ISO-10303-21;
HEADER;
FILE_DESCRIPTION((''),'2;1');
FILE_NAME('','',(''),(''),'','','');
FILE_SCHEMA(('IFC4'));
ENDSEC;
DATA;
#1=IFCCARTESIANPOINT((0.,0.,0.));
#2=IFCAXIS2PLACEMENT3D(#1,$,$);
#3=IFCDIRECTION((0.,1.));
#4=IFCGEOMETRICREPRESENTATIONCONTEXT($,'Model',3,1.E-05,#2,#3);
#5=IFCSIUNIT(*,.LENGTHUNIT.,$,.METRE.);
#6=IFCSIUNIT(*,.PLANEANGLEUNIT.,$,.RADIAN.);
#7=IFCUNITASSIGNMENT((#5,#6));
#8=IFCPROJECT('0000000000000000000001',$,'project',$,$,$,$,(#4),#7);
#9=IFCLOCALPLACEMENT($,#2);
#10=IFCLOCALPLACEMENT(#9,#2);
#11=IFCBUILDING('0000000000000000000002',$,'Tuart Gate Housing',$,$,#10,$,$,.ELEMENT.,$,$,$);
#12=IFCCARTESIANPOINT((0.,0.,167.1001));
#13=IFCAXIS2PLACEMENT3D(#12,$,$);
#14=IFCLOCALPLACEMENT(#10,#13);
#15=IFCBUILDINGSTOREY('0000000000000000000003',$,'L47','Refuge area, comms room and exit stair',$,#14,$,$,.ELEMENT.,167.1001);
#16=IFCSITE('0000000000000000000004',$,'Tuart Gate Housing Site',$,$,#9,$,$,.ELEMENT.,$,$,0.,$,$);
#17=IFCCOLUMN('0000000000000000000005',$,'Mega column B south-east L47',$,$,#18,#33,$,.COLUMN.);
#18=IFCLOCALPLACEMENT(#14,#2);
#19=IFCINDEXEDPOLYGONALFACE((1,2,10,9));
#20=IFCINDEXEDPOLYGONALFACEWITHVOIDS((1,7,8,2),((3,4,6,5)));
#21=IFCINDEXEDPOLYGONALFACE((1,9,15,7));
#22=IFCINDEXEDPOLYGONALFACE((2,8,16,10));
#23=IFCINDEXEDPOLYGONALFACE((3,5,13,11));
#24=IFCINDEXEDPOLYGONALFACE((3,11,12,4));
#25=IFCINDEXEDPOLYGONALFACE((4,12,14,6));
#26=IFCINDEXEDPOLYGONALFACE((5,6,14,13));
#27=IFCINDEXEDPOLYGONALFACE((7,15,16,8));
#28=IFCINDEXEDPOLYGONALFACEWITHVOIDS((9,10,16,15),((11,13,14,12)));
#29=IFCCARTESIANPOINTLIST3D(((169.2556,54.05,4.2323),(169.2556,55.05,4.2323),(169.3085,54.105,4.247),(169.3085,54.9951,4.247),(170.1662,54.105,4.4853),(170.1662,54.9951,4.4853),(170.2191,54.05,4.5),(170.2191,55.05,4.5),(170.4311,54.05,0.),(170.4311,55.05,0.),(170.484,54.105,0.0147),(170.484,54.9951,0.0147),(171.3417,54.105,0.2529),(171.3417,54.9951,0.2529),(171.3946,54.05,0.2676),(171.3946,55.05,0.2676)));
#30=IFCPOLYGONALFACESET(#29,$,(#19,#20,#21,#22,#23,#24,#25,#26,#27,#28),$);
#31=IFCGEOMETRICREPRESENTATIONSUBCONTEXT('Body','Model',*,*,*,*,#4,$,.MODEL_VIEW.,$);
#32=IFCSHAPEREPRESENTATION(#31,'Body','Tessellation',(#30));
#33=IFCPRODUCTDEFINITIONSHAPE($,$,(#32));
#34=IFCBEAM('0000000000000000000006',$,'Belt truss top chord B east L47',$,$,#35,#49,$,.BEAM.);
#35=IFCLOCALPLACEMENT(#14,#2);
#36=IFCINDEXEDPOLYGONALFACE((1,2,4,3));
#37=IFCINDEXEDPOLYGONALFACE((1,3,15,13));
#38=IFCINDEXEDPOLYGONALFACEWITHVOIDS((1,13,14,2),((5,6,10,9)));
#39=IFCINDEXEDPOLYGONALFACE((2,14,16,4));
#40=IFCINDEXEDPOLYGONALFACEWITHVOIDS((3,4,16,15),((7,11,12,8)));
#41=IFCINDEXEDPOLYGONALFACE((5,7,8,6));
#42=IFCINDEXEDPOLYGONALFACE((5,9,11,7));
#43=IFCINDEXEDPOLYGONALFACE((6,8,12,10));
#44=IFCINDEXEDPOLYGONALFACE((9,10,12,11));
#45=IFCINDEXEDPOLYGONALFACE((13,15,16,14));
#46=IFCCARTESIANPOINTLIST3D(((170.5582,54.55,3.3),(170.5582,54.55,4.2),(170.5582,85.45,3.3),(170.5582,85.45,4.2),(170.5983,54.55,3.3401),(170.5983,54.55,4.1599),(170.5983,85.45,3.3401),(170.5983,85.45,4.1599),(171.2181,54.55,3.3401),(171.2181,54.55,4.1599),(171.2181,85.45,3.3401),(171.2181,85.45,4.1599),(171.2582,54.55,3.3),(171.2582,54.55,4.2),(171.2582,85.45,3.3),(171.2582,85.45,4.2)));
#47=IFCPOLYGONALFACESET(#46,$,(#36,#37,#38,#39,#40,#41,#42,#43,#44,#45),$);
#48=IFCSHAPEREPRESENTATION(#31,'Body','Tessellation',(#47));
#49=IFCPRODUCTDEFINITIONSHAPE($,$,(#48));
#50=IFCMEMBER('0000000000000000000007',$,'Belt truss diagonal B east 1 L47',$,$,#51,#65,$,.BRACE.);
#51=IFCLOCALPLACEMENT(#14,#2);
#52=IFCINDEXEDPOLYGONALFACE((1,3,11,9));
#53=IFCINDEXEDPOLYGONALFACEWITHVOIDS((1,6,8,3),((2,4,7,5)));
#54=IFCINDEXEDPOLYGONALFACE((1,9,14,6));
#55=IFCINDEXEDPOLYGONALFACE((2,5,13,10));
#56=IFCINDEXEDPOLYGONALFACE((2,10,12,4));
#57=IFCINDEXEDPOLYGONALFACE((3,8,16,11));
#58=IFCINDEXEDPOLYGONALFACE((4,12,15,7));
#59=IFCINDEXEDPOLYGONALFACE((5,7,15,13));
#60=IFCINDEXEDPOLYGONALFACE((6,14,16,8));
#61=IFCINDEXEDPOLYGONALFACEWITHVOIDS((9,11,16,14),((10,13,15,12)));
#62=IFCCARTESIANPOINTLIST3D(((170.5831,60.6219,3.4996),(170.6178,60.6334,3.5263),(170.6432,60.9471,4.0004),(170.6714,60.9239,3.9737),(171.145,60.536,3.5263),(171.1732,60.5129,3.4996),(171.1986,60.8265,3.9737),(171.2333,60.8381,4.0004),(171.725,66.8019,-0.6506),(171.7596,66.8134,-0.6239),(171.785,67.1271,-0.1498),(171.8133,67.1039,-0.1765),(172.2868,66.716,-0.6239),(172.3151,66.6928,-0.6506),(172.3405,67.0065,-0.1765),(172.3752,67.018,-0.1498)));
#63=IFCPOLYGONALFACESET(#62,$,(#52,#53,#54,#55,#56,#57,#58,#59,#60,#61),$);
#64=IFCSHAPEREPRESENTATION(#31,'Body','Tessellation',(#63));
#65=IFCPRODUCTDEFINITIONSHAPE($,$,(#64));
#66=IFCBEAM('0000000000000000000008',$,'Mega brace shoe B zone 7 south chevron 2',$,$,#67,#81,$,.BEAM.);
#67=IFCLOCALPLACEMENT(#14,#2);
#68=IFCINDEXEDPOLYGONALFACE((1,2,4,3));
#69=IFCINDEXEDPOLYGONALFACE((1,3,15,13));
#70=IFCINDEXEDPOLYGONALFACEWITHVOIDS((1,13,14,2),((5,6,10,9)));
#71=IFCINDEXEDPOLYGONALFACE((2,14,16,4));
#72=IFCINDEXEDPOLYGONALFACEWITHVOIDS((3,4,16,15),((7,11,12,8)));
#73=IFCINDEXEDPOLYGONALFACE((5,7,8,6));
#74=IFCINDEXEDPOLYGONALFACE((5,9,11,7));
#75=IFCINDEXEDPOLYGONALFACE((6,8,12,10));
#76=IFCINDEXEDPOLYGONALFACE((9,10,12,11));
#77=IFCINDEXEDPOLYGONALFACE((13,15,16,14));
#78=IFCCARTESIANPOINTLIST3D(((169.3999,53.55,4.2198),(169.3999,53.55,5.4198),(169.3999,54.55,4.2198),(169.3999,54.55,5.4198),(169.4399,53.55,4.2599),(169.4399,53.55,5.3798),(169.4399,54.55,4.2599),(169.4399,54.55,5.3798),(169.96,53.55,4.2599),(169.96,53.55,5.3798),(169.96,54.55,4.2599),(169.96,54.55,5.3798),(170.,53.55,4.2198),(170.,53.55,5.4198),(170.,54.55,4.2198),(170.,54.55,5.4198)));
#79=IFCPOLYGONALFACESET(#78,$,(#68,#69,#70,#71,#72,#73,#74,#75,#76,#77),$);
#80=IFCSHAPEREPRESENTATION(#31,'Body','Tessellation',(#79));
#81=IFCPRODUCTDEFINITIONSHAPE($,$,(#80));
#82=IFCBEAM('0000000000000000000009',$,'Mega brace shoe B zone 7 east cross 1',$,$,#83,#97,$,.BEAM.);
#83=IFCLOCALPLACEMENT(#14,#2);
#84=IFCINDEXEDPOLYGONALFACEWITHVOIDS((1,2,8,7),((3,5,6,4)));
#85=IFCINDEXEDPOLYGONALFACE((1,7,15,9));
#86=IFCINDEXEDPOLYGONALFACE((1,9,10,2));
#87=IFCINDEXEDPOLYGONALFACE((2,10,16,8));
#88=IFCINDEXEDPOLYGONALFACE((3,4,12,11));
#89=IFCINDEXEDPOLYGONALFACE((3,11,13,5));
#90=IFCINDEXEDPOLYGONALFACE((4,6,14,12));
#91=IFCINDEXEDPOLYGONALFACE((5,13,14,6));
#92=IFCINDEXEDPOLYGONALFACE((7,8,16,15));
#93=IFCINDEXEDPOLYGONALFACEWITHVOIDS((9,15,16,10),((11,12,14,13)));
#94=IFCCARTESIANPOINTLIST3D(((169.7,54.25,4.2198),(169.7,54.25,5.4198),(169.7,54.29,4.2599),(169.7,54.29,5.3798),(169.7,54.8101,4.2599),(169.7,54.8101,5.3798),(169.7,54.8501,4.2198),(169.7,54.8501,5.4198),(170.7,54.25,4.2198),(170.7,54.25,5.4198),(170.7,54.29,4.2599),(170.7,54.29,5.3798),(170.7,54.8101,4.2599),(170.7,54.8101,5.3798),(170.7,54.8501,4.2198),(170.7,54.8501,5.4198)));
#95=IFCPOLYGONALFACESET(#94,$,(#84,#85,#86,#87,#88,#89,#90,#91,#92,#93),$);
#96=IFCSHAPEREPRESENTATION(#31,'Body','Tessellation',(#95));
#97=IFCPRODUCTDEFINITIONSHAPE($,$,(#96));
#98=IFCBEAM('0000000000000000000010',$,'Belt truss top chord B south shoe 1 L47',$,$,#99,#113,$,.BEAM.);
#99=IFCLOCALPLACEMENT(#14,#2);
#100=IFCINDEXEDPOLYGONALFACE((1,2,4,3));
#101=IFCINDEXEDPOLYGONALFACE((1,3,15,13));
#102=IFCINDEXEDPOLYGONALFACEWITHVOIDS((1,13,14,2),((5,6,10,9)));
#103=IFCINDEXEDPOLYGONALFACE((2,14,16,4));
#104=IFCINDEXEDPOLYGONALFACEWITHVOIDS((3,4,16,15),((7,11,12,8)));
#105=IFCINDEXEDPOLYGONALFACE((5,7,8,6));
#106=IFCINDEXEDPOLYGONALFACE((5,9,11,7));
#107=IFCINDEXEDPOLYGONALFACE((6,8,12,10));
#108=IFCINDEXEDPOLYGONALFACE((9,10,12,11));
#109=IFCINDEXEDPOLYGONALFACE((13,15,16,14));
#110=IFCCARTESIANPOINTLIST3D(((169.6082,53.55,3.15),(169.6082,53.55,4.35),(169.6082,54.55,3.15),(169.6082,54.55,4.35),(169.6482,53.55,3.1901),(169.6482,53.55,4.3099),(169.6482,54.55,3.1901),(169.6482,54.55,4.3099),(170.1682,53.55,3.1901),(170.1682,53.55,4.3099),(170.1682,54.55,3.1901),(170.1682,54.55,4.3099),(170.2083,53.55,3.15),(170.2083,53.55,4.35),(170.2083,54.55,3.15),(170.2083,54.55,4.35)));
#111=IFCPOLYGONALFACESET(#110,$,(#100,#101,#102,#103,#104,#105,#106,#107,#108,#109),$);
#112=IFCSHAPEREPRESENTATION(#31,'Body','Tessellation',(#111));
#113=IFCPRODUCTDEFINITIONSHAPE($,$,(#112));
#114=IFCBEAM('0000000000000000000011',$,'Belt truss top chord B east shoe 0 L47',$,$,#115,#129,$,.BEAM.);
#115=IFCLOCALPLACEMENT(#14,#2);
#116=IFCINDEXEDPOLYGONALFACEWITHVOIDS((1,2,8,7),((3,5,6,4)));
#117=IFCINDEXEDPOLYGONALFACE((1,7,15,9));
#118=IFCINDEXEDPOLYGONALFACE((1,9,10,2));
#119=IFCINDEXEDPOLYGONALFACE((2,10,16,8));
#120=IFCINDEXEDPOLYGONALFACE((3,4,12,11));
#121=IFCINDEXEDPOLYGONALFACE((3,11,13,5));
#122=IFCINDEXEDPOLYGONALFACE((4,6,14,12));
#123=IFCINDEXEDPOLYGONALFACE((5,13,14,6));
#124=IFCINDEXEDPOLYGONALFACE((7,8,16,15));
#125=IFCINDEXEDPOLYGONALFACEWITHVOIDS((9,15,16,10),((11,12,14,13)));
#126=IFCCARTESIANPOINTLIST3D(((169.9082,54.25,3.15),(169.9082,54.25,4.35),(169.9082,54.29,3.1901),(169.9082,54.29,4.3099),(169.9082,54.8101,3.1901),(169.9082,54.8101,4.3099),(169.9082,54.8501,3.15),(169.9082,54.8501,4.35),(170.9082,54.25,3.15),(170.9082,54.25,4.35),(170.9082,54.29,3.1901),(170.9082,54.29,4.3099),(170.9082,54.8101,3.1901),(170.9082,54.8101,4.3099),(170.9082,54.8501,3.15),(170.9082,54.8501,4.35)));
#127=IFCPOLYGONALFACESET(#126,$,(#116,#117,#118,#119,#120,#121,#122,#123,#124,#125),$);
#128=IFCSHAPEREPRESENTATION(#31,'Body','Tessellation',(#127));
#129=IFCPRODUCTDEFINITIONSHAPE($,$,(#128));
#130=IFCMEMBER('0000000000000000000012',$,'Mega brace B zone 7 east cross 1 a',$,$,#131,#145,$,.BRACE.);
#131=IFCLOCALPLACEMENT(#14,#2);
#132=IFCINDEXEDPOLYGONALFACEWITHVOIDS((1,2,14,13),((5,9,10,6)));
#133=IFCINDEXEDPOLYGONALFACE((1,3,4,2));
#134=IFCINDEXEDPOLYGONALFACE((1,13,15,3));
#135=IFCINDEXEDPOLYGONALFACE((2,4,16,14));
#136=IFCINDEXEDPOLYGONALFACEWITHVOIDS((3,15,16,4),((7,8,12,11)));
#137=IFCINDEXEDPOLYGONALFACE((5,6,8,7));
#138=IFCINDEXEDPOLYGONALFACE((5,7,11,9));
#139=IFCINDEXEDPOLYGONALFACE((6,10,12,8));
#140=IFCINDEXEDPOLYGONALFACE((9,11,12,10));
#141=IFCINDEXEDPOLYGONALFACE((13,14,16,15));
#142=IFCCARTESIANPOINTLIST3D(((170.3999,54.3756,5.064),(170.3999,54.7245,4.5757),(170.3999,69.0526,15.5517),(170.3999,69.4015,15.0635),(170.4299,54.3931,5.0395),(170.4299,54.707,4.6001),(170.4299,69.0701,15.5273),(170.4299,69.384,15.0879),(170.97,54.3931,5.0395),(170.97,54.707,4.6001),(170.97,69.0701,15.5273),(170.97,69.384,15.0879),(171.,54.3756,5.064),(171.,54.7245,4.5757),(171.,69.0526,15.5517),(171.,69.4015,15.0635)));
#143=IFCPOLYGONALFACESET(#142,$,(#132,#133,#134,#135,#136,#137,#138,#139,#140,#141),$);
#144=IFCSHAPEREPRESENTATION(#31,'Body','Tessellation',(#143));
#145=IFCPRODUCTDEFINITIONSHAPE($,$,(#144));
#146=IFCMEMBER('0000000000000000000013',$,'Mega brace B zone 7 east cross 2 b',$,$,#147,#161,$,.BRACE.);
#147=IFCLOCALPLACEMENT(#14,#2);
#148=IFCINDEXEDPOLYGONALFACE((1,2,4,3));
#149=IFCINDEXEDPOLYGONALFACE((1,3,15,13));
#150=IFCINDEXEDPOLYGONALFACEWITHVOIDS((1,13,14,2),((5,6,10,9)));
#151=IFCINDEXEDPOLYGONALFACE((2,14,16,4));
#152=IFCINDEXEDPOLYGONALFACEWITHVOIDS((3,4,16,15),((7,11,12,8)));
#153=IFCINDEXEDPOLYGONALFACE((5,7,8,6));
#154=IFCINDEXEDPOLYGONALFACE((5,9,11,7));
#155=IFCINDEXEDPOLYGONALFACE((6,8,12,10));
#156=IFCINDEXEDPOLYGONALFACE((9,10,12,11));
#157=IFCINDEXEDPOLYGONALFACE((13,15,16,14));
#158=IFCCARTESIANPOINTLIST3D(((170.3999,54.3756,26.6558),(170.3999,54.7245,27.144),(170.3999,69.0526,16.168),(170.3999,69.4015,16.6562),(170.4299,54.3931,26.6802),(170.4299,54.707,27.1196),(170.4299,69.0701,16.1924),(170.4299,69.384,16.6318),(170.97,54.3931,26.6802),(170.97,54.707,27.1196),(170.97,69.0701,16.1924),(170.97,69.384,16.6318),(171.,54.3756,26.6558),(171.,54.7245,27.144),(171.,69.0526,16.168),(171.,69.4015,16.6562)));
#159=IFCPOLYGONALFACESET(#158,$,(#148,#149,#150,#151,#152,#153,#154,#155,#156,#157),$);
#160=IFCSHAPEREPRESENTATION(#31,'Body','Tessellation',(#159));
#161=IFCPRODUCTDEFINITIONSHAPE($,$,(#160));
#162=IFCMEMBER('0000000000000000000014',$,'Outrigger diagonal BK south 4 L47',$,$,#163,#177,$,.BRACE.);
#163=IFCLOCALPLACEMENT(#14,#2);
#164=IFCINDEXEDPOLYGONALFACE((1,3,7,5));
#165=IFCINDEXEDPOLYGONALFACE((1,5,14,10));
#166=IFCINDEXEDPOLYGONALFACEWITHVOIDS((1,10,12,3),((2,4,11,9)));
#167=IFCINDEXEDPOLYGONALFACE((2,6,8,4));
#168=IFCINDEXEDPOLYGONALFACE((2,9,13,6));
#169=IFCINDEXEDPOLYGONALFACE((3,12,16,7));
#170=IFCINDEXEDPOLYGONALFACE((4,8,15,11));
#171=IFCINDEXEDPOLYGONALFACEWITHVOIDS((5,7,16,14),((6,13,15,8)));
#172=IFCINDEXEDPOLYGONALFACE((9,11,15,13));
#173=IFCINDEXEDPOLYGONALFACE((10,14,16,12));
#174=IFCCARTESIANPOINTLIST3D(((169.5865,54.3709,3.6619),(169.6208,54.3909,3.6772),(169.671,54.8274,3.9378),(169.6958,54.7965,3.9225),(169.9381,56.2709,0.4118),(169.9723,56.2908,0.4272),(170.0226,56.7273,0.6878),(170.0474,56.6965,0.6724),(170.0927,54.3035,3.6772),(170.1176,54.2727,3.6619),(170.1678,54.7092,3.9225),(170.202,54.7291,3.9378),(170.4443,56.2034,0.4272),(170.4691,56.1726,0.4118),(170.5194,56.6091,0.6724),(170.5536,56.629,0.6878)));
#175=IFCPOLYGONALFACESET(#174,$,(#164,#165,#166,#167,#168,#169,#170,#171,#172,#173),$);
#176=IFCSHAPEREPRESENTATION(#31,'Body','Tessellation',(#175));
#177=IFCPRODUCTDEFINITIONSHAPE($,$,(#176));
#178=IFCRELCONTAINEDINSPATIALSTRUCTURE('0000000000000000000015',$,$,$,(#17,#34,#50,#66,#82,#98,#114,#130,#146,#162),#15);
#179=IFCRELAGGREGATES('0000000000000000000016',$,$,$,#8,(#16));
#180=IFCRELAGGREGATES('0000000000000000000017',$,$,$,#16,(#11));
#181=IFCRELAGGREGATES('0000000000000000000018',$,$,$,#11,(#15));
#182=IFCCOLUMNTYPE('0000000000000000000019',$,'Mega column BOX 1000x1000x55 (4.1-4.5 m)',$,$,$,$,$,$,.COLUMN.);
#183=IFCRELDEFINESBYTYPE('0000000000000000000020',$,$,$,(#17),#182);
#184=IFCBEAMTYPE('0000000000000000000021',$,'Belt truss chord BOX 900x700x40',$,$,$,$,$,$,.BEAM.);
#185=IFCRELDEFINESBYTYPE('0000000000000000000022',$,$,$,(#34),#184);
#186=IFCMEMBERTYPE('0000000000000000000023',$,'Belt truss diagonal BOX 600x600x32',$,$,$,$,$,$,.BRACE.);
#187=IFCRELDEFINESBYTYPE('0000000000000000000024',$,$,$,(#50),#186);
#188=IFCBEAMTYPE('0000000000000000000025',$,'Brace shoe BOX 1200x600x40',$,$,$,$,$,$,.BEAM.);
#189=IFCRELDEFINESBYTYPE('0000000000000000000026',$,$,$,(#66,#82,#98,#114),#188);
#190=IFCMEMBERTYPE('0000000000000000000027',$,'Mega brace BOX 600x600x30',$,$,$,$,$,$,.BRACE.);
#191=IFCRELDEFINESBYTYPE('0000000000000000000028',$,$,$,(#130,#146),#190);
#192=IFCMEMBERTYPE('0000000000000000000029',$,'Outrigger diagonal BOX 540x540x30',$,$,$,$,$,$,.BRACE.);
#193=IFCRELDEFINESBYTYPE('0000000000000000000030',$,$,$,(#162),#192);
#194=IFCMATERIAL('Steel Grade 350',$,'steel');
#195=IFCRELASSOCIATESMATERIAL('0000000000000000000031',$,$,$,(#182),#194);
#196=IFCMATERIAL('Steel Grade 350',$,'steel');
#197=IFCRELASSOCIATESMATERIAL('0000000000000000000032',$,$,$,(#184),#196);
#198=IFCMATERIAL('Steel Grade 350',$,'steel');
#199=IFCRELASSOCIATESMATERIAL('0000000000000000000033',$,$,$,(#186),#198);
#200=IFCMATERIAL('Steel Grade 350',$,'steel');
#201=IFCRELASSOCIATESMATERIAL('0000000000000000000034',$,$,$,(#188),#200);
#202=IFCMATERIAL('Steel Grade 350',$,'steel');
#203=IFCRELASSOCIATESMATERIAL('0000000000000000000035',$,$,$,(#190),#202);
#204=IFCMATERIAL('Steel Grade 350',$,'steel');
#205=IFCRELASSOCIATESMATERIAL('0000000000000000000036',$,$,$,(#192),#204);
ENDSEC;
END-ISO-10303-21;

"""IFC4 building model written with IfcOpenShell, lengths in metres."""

from ifc_helpers import new_model, si_unit, direction, frame, origin, origin_2d, place, context, subcontext, project, spatial, hollow_rectangle, extrude, material, material_profile, profile_set, type_object, element, save


model = new_model("IFC4")

# Units and contexts
model_context = context("Model", 3, precision=1e-05, world=origin(), true_north=direction((0.0, 1.0)))
body_context = subcontext(model_context, "Body", "Model", "MODEL_VIEW")
ifc_project = project(units=[si_unit("LENGTHUNIT", "METRE"), si_unit("PLANEANGLEUNIT", "RADIAN")], contexts=[model_context])

# Site, building, storey
site_placement = place(None, origin())
site = spatial("IfcSite", under=ifc_project, at=site_placement, Name="Tuart Gate Housing Site", CompositionType="ELEMENT", RefElevation=0.0)
building_placement = place(site_placement, origin())
building = spatial("IfcBuilding", under=site, at=building_placement, Name="Tuart Gate Housing", CompositionType="ELEMENT")
storey_placement = place(building_placement, frame((0.0, 0.0, 167.1001)))
storey = spatial("IfcBuildingStorey", under=building, at=storey_placement, Name="L47", Description="Refuge area, comms room and exit stair", CompositionType="ELEMENT", Elevation=167.1001)

# Column
ifc_material_1 = material(Name="Steel Grade 350", Category="steel")
ifc_material_profile_1 = material_profile(ifc_material_1, hollow_rectangle(XDim=1.0, YDim=1.0, WallThickness=0.0549, at=origin_2d()), Name="BOX 1000x1000x55")
ifc_profile_set_1 = profile_set([ifc_material_profile_1], Name="Steel Grade 350")
column_type = type_object("IfcColumnType", Name="Mega column BOX 1000x1000x55 (4.1-4.5 m)", PredefinedType="COLUMN", material=ifc_profile_set_1)
column_placement = place(storey_placement, frame((170.9128, 54.55, 0.1338), z_axis=(-0.267615, 0.0, 0.963526), x_axis=(0.0, -1.0, 0.0)))
element("IfcColumn", 1, at=column_placement, inside=storey, type_object=column_type, Name="Mega column B south-east L47", PredefinedType="COLUMN", context=body_context, shape_type="SweptSolid", body=[
    extrude(hollow_rectangle(XDim=1.0, YDim=1.0, WallThickness=0.0549, at=origin_2d()), origin(), (0.0, 0.0, 1.0), 4.3926),
])

# Beam
ifc_material_2 = material(Name="Steel Grade 350", Category="steel")
ifc_material_profile_2 = material_profile(ifc_material_2, hollow_rectangle(XDim=0.7, YDim=0.8999, WallThickness=0.04, at=origin_2d()), Name="BOX 900x700x40")
ifc_profile_set_2 = profile_set([ifc_material_profile_2], Name="Steel Grade 350")
beam_type_1 = type_object("IfcBeamType", Name="Belt truss chord BOX 900x700x40", PredefinedType="BEAM", material=ifc_profile_set_2)
beam_placement = place(storey_placement, frame((170.9082, 54.55, 3.75), z_axis=(0.0, 1.0, 0.0), x_axis=(-1.0, 0.0, 0.0)))
element("IfcBeam", 2, at=beam_placement, inside=storey, type_object=beam_type_1, Name="Belt truss top chord B east L47", PredefinedType="BEAM", context=body_context, shape_type="SweptSolid", body=[
    extrude(hollow_rectangle(XDim=0.7, YDim=0.8999, WallThickness=0.04, at=origin_2d()), origin(), (0.0, 0.0, 1.0), 30.8999),
])

# Member
ifc_material_3 = material(Name="Steel Grade 350", Category="steel")
ifc_material_profile_3 = material_profile(ifc_material_3, hollow_rectangle(XDim=0.6001, YDim=0.6001, WallThickness=0.032, at=origin_2d()), Name="BOX 600x600x32")
ifc_profile_set_3 = profile_set([ifc_material_profile_3], Name="Steel Grade 350")
member_type_1 = type_object("IfcMemberType", Name="Belt truss diagonal BOX 600x600x32", PredefinedType="BRACE", material=ifc_profile_set_3)
member_1_placement = place(storey_placement, frame((170.9082, 60.73, 3.75), z_axis=(0.151615, 0.820576, -0.55106), x_axis=(-0.983356, 0.181691, 0.0)))
element("IfcMember", 3, at=member_1_placement, inside=storey, type_object=member_type_1, Name="Belt truss diagonal B east 1 L47", PredefinedType="BRACE", context=body_context, shape_type="SweptSolid", body=[
    extrude(hollow_rectangle(XDim=0.6001, YDim=0.6001, WallThickness=0.032, at=origin_2d()), origin(), (0.0, 0.0, 1.0), 7.5312),
])

# Beams
ifc_material_4 = material(Name="Steel Grade 350", Category="steel")
ifc_material_profile_4 = material_profile(ifc_material_4, hollow_rectangle(XDim=0.6001, YDim=1.2, WallThickness=0.04, at=origin_2d()), Name="BOX 1200x600x40")
ifc_profile_set_4 = profile_set([ifc_material_profile_4], Name="Steel Grade 350")
beam_type_2 = type_object("IfcBeamType", Name="Brace shoe BOX 1200x600x40", PredefinedType="BEAM", material=ifc_profile_set_4)
for number, where, z_axis, x_axis, name in (
    (4, (169.7, 54.55, 4.8198), (0.0, -1.0, 0.0), (1.0, 0.0, 0.0), "Mega brace shoe B zone 7 south chevron 2"),
    (5, (169.7, 54.55, 4.8198), (1.0, 0.0, 0.0), (0.0, 1.0, 0.0), "Mega brace shoe B zone 7 east cross 1"),
    (6, (169.9082, 54.55, 3.75), (0.0, -1.0, 0.0), (1.0, 0.0, 0.0), "Belt truss top chord B south shoe 1 L47"),
    (7, (169.9082, 54.55, 3.75), (1.0, 0.0, 0.0), (0.0, 1.0, 0.0), "Belt truss top chord B east shoe 0 L47"),
):
    element("IfcBeam", number, at=place(storey_placement, frame(where, z_axis=z_axis, x_axis=x_axis)), inside=storey, type_object=beam_type_2, Name=name, PredefinedType="BEAM", context=body_context, shape_type="SweptSolid", body=[
        extrude(hollow_rectangle(XDim=0.6001, YDim=1.2, WallThickness=0.04, at=origin_2d()), origin(), (0.0, 0.0, 1.0), 1.0),
    ])

# Members
ifc_material_5 = material(Name="Steel Grade 350", Category="steel")
ifc_material_profile_5 = material_profile(ifc_material_5, hollow_rectangle(XDim=0.6001, YDim=0.6001, WallThickness=0.03, at=origin_2d()), Name="BOX 600x600x30")
ifc_profile_set_5 = profile_set([ifc_material_profile_5], Name="Steel Grade 350")
member_type_2 = type_object("IfcMemberType", Name="Mega brace BOX 600x600x30", PredefinedType="BRACE", material=ifc_profile_set_5)
for number, where, z_axis, x_axis, name in (
    (8, (170.7, 54.55, 4.8198), (0.0, 0.813623, 0.581393), (-1.0, 0.0, 0.0), "Mega brace B zone 7 east cross 1 a"),
    (9, (170.7, 69.2271, 16.4121), (0.0, -0.813623, 0.581393), (1.0, 0.0, 0.0), "Mega brace B zone 7 east cross 2 b"),
):
    element("IfcMember", number, at=place(storey_placement, frame(where, z_axis=z_axis, x_axis=x_axis)), inside=storey, type_object=member_type_2, Name=name, PredefinedType="BRACE", context=body_context, shape_type="SweptSolid", body=[
        extrude(hollow_rectangle(XDim=0.6001, YDim=0.6001, WallThickness=0.03, at=origin_2d()), origin(), (0.0, 0.0, 1.0), 18.0391),
    ])
ifc_material_6 = material(Name="Steel Grade 350", Category="steel")
ifc_material_profile_6 = material_profile(ifc_material_6, hollow_rectangle(XDim=0.54, YDim=0.54, WallThickness=0.03, at=origin_2d()), Name="BOX 540x540x30")
ifc_profile_set_6 = profile_set([ifc_material_profile_6], Name="Steel Grade 350")
member_type_3 = type_object("IfcMemberType", Name="Outrigger diagonal BOX 540x540x30", PredefinedType="BRACE", material=ifc_profile_set_6)
member_2_placement = place(storey_placement, frame((170.2458, 56.45, 0.5498), z_axis=(-0.092982, -0.502491, 0.859568), x_axis=(0.983307, -0.181954, 0.0)))
element("IfcMember", 10, at=member_2_placement, inside=storey, type_object=member_type_3, Name="Outrigger diagonal BK south 4 L47", PredefinedType="BRACE", context=body_context, shape_type="SweptSolid", body=[
    extrude(hollow_rectangle(XDim=0.54, YDim=0.54, WallThickness=0.03, at=origin_2d()), origin(), (0.0, 0.0, 1.0), 3.781),
])

save(model, "model.ifc")
